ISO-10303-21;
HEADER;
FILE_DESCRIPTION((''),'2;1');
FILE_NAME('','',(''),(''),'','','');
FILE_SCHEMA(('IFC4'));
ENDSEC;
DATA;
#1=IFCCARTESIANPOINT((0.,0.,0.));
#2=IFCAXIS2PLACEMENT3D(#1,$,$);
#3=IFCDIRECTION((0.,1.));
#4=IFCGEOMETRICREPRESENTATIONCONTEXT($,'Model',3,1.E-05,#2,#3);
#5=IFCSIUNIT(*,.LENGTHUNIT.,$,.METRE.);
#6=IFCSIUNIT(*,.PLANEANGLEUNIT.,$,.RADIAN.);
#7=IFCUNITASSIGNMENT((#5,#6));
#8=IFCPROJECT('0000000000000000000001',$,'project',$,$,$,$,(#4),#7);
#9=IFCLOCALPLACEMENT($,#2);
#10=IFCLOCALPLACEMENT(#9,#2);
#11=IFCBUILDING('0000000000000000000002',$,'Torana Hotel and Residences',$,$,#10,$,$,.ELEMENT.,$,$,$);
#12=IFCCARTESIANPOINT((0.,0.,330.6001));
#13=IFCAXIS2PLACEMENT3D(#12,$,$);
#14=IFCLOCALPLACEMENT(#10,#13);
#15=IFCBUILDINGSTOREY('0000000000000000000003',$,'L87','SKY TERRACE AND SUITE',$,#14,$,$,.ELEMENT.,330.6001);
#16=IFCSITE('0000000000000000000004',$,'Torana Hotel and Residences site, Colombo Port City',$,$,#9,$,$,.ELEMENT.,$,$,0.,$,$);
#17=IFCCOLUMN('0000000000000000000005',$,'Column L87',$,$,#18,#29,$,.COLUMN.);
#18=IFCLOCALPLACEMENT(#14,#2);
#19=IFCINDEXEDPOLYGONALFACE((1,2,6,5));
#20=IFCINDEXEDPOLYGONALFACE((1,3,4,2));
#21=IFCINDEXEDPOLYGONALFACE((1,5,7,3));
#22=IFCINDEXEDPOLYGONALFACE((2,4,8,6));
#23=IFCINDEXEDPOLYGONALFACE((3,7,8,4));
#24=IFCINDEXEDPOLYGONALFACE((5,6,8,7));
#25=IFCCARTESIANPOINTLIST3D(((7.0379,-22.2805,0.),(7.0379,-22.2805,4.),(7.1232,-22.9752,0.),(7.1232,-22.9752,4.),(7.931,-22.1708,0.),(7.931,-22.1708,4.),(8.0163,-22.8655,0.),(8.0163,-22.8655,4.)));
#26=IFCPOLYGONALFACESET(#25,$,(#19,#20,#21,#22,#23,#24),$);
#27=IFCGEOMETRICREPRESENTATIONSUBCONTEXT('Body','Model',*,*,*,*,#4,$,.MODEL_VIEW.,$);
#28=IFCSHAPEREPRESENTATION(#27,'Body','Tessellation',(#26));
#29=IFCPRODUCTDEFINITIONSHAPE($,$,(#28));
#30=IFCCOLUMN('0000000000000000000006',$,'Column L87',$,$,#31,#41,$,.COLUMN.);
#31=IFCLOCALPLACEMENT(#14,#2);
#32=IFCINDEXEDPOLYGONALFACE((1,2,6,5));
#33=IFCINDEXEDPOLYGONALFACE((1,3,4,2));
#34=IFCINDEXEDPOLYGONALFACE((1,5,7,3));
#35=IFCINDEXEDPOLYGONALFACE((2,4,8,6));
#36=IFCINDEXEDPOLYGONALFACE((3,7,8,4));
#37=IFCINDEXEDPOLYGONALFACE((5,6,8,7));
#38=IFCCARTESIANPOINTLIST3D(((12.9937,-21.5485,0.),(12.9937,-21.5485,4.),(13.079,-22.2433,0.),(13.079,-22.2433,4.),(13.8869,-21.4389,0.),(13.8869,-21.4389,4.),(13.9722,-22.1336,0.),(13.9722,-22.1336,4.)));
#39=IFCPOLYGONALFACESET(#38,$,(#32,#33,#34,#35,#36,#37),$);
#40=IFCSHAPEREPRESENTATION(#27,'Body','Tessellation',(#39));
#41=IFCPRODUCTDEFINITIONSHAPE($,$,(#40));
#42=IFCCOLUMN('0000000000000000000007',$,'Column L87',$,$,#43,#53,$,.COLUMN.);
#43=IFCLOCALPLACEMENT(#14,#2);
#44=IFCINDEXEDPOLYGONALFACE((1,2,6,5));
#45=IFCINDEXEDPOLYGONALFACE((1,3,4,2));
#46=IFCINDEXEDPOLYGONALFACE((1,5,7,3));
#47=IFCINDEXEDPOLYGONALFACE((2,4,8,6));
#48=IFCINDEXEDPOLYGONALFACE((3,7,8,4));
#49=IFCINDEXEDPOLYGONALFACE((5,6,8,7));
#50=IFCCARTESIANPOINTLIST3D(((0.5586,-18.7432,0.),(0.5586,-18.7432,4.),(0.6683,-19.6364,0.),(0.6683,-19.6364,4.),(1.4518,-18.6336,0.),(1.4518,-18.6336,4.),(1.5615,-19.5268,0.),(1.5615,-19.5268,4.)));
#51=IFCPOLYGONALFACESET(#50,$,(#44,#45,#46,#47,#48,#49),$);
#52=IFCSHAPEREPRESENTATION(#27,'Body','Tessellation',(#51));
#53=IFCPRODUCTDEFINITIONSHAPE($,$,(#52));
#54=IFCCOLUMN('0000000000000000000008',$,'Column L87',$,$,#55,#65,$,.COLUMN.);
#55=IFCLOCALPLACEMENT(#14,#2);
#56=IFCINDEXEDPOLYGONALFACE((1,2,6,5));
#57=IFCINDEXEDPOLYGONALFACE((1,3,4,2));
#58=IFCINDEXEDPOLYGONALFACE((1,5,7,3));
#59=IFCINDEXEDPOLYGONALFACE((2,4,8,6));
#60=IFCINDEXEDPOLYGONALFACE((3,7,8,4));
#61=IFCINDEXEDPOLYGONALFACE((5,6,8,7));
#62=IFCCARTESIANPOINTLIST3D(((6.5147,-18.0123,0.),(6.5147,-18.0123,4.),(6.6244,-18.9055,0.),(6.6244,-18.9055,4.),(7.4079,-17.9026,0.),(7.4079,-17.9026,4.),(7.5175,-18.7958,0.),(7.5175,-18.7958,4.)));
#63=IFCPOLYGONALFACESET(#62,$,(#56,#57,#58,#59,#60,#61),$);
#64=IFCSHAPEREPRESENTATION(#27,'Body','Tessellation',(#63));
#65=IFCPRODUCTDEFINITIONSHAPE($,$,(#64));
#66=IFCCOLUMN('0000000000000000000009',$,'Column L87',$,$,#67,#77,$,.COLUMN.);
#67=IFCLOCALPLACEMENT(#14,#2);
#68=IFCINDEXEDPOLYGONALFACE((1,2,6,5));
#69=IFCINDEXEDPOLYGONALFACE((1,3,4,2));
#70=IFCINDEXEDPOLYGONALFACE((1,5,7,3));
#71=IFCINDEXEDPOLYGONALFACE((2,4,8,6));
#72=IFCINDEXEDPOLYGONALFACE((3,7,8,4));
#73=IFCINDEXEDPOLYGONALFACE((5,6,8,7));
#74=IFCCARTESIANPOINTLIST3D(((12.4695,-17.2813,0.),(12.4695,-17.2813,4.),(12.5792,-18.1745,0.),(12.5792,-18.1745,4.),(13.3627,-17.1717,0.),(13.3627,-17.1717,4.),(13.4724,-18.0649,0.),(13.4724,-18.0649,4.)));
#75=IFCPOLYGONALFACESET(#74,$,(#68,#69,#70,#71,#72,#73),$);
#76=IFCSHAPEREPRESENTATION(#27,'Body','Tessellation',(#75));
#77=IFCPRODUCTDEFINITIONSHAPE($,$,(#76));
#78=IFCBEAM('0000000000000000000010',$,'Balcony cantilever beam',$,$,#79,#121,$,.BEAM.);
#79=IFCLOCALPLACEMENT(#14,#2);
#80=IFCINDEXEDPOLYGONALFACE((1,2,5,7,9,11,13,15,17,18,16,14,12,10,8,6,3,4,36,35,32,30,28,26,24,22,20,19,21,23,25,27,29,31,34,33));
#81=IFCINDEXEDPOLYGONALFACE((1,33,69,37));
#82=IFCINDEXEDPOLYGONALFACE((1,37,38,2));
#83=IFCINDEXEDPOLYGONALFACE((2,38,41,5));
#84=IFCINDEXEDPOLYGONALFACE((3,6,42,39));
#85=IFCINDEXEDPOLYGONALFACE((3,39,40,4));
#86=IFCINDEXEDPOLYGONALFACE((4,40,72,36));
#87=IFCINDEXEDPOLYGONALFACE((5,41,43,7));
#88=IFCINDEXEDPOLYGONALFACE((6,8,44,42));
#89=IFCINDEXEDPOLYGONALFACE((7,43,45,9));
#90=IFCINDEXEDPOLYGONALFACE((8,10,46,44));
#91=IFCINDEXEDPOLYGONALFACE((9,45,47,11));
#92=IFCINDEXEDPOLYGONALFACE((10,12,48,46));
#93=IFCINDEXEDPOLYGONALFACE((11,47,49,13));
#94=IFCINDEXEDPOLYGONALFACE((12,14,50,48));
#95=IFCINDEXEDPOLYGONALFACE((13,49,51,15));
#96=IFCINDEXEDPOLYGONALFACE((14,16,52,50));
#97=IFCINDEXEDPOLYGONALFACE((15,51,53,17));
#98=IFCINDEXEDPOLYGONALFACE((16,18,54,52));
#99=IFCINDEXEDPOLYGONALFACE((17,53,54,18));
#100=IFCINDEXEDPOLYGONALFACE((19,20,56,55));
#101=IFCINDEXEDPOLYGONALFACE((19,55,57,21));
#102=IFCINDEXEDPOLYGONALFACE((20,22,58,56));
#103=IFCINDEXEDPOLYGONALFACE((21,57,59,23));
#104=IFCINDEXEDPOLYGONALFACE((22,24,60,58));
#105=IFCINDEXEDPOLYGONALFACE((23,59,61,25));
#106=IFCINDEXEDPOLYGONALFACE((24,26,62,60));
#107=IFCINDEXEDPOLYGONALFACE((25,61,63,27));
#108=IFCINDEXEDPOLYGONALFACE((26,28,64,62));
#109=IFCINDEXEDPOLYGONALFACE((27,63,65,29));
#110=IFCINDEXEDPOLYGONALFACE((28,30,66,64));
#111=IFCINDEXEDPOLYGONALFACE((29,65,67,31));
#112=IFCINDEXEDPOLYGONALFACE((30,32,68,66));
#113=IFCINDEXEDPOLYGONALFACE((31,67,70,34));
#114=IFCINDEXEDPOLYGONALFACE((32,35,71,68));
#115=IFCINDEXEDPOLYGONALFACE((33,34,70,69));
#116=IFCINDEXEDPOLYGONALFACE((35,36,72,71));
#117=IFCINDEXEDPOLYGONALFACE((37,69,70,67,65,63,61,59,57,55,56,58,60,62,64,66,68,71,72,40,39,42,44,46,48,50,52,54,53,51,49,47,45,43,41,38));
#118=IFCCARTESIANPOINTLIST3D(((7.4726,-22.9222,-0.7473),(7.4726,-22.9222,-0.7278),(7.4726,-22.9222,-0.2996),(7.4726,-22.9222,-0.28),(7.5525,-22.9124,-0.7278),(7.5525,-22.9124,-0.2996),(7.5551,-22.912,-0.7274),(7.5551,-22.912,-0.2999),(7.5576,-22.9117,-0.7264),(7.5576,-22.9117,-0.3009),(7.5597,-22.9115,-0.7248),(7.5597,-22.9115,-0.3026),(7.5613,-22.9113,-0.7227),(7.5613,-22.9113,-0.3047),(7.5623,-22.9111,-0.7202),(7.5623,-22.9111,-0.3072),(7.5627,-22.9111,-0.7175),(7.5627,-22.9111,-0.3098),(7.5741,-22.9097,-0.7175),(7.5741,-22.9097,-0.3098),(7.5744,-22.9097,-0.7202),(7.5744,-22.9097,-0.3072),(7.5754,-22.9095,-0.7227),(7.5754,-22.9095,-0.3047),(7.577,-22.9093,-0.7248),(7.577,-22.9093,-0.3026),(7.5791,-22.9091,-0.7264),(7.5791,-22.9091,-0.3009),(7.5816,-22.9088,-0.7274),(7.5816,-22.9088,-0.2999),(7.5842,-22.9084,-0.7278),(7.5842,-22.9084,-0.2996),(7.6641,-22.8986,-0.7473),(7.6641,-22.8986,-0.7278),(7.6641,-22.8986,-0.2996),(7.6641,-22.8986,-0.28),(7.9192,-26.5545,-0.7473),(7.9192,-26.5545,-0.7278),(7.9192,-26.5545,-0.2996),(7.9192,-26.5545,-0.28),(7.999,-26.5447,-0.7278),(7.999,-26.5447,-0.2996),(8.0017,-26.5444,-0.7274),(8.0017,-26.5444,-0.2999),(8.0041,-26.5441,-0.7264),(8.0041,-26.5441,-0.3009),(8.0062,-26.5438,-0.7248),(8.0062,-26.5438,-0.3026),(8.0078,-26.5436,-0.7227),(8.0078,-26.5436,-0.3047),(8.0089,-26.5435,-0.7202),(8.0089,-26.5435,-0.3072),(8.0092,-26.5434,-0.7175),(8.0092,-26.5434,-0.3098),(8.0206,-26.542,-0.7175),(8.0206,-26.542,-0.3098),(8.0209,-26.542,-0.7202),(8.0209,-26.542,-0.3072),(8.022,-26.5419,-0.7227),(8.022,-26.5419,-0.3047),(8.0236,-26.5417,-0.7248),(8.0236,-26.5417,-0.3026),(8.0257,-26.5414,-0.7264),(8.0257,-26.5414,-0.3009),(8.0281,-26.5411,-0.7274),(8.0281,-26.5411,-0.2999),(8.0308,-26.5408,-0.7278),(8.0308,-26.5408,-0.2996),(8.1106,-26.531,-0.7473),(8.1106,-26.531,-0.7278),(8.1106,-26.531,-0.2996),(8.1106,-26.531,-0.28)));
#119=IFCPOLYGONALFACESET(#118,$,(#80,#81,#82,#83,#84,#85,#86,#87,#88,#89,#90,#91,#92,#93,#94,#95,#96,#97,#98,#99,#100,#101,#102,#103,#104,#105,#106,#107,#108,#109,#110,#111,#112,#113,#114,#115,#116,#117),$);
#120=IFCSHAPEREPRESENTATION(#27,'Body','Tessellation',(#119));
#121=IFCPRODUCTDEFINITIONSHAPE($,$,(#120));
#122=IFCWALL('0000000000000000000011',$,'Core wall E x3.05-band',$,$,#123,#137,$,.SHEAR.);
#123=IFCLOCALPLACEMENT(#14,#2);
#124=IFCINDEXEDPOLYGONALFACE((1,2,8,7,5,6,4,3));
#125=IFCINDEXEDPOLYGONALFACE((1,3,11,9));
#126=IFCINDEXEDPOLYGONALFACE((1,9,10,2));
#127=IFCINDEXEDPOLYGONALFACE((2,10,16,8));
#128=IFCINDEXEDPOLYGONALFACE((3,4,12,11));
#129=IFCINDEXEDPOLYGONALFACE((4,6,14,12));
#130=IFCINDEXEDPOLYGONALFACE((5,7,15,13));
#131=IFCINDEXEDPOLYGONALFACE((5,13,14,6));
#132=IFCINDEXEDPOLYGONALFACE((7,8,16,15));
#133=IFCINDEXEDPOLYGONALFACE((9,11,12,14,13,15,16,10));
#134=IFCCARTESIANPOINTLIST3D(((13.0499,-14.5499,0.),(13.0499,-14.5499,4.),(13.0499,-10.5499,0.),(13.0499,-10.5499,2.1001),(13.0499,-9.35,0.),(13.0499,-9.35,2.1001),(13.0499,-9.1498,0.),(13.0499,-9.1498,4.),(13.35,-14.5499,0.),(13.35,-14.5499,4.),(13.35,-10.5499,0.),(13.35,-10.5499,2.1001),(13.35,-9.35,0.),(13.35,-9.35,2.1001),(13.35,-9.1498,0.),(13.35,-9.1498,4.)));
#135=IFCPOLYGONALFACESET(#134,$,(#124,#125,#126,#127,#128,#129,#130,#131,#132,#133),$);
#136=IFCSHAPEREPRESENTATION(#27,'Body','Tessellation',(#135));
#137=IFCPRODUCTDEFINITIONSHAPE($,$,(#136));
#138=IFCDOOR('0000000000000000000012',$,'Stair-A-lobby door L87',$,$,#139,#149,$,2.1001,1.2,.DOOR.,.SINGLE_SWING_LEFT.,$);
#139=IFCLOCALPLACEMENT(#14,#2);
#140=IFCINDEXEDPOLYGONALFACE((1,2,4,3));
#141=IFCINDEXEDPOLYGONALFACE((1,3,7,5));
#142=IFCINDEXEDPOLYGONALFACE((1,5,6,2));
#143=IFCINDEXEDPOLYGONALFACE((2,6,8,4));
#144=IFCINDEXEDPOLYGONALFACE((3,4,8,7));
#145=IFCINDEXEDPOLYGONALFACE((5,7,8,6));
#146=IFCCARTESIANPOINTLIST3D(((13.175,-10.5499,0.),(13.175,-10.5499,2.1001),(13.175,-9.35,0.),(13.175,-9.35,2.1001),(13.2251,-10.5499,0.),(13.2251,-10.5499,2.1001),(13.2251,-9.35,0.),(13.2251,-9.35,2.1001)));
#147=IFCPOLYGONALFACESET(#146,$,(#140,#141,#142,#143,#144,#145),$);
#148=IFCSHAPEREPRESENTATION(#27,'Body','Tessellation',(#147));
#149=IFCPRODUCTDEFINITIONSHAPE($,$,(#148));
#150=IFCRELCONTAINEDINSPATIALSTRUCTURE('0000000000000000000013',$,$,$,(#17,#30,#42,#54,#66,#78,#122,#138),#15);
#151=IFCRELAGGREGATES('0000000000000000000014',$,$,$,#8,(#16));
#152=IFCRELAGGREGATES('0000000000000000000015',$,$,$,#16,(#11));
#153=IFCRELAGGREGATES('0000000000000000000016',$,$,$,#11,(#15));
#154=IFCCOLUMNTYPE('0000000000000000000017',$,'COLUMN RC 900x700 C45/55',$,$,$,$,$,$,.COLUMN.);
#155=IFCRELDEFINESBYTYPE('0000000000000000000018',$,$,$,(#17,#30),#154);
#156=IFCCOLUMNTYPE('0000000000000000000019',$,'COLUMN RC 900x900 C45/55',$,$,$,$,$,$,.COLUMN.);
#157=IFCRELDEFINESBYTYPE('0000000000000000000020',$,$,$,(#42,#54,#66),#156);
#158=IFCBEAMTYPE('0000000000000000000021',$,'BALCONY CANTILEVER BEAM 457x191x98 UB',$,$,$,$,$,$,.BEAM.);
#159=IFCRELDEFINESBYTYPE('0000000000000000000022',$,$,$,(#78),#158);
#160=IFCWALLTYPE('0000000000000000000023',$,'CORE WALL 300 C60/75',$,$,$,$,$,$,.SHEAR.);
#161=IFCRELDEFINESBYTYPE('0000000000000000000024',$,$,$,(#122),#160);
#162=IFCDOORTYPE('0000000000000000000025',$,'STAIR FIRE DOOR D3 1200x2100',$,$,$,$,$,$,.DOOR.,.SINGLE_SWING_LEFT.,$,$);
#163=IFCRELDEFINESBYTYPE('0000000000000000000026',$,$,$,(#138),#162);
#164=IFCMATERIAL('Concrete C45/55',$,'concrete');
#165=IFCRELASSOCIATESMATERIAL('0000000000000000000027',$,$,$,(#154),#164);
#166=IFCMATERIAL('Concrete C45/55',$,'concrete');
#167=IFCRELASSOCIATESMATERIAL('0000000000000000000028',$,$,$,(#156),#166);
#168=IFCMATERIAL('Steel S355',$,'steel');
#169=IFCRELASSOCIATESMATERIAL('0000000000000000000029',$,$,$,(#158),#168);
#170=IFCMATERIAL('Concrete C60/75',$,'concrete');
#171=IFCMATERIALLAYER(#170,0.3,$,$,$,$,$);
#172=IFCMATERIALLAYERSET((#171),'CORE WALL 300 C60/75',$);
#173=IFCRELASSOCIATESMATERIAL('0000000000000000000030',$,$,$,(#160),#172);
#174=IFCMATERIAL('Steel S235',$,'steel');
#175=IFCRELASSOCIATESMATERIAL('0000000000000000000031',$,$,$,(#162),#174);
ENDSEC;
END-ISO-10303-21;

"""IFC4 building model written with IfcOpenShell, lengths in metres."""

from ifc_helpers import new_model, si_unit, direction, frame, frame_2d, origin, origin_2d, place, context, subcontext, project, spatial, rectangle, i_section, extrude, material, layer, layer_set, material_profile, profile_set, type_object, element, fill, save


model = new_model("IFC4")

# Units and contexts
model_context = context("Model", 3, precision=1e-05, world=origin(), true_north=direction((0.0, 1.0)))
body_context = subcontext(model_context, "Body", "Model", "MODEL_VIEW")
ifc_project = project(units=[si_unit("LENGTHUNIT", "METRE"), si_unit("PLANEANGLEUNIT", "RADIAN")], contexts=[model_context])

# Site, building, storey
site_placement = place(None, origin())
site = spatial("IfcSite", under=ifc_project, at=site_placement, Name="Torana Hotel and Residences site, Colombo Port City", CompositionType="ELEMENT", RefElevation=0.0)
building_placement = place(site_placement, origin())
building = spatial("IfcBuilding", under=site, at=building_placement, Name="Torana Hotel and Residences", CompositionType="ELEMENT")
storey_placement = place(building_placement, frame((0.0, 0.0, 330.6001)))
storey = spatial("IfcBuildingStorey", under=building, at=storey_placement, Name="L87", Description="SKY TERRACE AND SUITE", CompositionType="ELEMENT", Elevation=330.6001)

# Columns
ifc_material_1 = material(Name="Concrete C45/55", Category="concrete")
ifc_material_profile_1 = material_profile(ifc_material_1, rectangle(XDim=0.8999, YDim=0.7, at=origin_2d()), Name="RC 900x700")
ifc_profile_set_1 = profile_set([ifc_material_profile_1], Name="Concrete C45/55")
column_type_1 = type_object("IfcColumnType", Name="COLUMN RC 900x700 C45/55", PredefinedType="COLUMN", material=ifc_profile_set_1)
for number, where, z_axis, x_axis, name in (
    (1, (7.5271, -22.573, 0.0), (0.0, 0.0, 1.0), (0.992546, 0.121869, 0.0), "Column L87"),
    (2, (13.4829, -21.8411, 0.0), (0.0, 0.0, 1.0), (0.992546, 0.121869, 0.0), "Column L87"),
):
    element("IfcColumn", number, at=place(storey_placement, frame(where, z_axis=z_axis, x_axis=x_axis)), inside=storey, type_object=column_type_1, Name=name, PredefinedType="COLUMN", context=body_context, shape_type="SweptSolid", body=[
        extrude(rectangle(XDim=0.8999, YDim=0.7, at=origin_2d()), origin(), (0.0, 0.0, 1.0), 4.0),
    ])
ifc_material_2 = material(Name="Concrete C45/55", Category="concrete")
ifc_material_profile_2 = material_profile(ifc_material_2, rectangle(XDim=0.8999, YDim=0.8999, at=origin_2d()), Name="RC 900x900")
ifc_profile_set_2 = profile_set([ifc_material_profile_2], Name="Concrete C45/55")
column_type_2 = type_object("IfcColumnType", Name="COLUMN RC 900x900 C45/55", PredefinedType="COLUMN", material=ifc_profile_set_2)
for number, where, z_axis, x_axis, name in (
    (3, (1.0601, -19.135, 0.0), (0.0, 0.0, 1.0), (0.992546, 0.121869, 0.0), "Column L87"),
    (4, (7.0161, -18.4041, 0.0), (0.0, 0.0, 1.0), (0.992546, 0.121869, 0.0), "Column L87"),
    (5, (12.9709, -17.6731, 0.0), (0.0, 0.0, 1.0), (0.992546, 0.121869, 0.0), "Column L87"),
):
    element("IfcColumn", number, at=place(storey_placement, frame(where, z_axis=z_axis, x_axis=x_axis)), inside=storey, type_object=column_type_2, Name=name, PredefinedType="COLUMN", context=body_context, shape_type="SweptSolid", body=[
        extrude(rectangle(XDim=0.8999, YDim=0.8999, at=origin_2d()), origin(), (0.0, 0.0, 1.0), 4.0),
    ])

# Beam
ifc_material_3 = material(Name="Steel S355", Category="steel")
ifc_material_profile_3 = material_profile(ifc_material_3, i_section(OverallWidth=0.1929, OverallDepth=0.4673, WebThickness=0.0115, FlangeThickness=0.0195, FilletRadius=0.0103, at=origin_2d()), Name="457x191x98 UB")
ifc_profile_set_3 = profile_set([ifc_material_profile_3], Name="Steel S355")
beam_type = type_object("IfcBeamType", Name="BALCONY CANTILEVER BEAM 457x191x98 UB", PredefinedType="BEAM", material=ifc_profile_set_3)
beam_placement = place(storey_placement, frame((7.5684, -22.9104, -0.5137), z_axis=(0.122015, -0.992528, 0.0), x_axis=(0.992528, 0.122015, 0.0)))
element("IfcBeam", 6, at=beam_placement, inside=storey, type_object=beam_type, Name="Balcony cantilever beam", PredefinedType="BEAM", context=body_context, shape_type="SweptSolid", body=[
    extrude(i_section(OverallWidth=0.1929, OverallDepth=0.4673, WebThickness=0.0115, FlangeThickness=0.0195, FilletRadius=0.0103, at=origin_2d()), origin(), (0.0, 0.0, 1.0), 3.6597),
])

# Wall, opening, door
ifc_material_4 = material(Name="Concrete C60/75", Category="concrete")
ifc_layer_1 = layer(ifc_material_4, 0.3)
ifc_layer_set_1 = layer_set([ifc_layer_1], Name="CORE WALL 300 C60/75")
wall_type_1 = type_object("IfcWallType", Name="CORE WALL 300 C60/75", PredefinedType="SHEAR", material=ifc_layer_set_1)
wall_1_placement = place(storey_placement, frame((13.2, -14.55, 0.0), z_axis=(0.0, 0.0, 1.0), x_axis=(0.0, 1.0, 0.0)))
wall_1 = element("IfcWall", 7, at=wall_1_placement, inside=storey, type_object=wall_type_1, Name="Core wall E x3.05-band", PredefinedType="SHEAR", context=body_context, shape_type="SweptSolid", body=[
    extrude(rectangle(XDim=5.4001, YDim=0.3, at=frame_2d((2.7002, 0.0))), origin(), (0.0, 0.0, 1.0), 4.0),
])
opening_1_placement = place(wall_1_placement, frame((4.0, 0.0, 0.0)))
opening_1 = element("IfcOpeningElement", 8, at=opening_1_placement, cuts=wall_1, PredefinedType="OPENING", context=body_context, shape_type="SweptSolid", body=[
    extrude(rectangle(XDim=1.2, YDim=2.1001, at=frame_2d((0.6001, 1.05))), frame((0.0, 0.1599, 0.0), z_axis=(0.0, -1.0, 0.0), x_axis=(1.0, 0.0, 0.0)), (0.0, 0.0, 1.0), 0.3201),
])
ifc_material_5 = material(Name="Steel S235", Category="steel")
door_type_1 = type_object("IfcDoorType", Name="STAIR FIRE DOOR D3 1200x2100", OperationType="SINGLE_SWING_LEFT", PredefinedType="DOOR", material=ifc_material_5)
door_1_placement = place(opening_1_placement, origin())
door_1 = element("IfcDoor", 9, at=door_1_placement, inside=storey, type_object=door_type_1, Name="Stair-A-lobby door L87", OperationType="SINGLE_SWING_LEFT", OverallHeight=2.1001, OverallWidth=1.2, PredefinedType="DOOR", context=body_context, shape_type="SweptSolid", body=[
    extrude(rectangle(XDim=1.2, YDim=2.1001, at=frame_2d((0.6001, 1.05))), frame((0.0, 0.0249, 0.0), z_axis=(0.0, -1.0, 0.0), x_axis=(1.0, 0.0, 0.0)), (0.0, 0.0, 1.0), 0.05),
])
fill(opening_1, door_1)

save(model, "model.ifc")
